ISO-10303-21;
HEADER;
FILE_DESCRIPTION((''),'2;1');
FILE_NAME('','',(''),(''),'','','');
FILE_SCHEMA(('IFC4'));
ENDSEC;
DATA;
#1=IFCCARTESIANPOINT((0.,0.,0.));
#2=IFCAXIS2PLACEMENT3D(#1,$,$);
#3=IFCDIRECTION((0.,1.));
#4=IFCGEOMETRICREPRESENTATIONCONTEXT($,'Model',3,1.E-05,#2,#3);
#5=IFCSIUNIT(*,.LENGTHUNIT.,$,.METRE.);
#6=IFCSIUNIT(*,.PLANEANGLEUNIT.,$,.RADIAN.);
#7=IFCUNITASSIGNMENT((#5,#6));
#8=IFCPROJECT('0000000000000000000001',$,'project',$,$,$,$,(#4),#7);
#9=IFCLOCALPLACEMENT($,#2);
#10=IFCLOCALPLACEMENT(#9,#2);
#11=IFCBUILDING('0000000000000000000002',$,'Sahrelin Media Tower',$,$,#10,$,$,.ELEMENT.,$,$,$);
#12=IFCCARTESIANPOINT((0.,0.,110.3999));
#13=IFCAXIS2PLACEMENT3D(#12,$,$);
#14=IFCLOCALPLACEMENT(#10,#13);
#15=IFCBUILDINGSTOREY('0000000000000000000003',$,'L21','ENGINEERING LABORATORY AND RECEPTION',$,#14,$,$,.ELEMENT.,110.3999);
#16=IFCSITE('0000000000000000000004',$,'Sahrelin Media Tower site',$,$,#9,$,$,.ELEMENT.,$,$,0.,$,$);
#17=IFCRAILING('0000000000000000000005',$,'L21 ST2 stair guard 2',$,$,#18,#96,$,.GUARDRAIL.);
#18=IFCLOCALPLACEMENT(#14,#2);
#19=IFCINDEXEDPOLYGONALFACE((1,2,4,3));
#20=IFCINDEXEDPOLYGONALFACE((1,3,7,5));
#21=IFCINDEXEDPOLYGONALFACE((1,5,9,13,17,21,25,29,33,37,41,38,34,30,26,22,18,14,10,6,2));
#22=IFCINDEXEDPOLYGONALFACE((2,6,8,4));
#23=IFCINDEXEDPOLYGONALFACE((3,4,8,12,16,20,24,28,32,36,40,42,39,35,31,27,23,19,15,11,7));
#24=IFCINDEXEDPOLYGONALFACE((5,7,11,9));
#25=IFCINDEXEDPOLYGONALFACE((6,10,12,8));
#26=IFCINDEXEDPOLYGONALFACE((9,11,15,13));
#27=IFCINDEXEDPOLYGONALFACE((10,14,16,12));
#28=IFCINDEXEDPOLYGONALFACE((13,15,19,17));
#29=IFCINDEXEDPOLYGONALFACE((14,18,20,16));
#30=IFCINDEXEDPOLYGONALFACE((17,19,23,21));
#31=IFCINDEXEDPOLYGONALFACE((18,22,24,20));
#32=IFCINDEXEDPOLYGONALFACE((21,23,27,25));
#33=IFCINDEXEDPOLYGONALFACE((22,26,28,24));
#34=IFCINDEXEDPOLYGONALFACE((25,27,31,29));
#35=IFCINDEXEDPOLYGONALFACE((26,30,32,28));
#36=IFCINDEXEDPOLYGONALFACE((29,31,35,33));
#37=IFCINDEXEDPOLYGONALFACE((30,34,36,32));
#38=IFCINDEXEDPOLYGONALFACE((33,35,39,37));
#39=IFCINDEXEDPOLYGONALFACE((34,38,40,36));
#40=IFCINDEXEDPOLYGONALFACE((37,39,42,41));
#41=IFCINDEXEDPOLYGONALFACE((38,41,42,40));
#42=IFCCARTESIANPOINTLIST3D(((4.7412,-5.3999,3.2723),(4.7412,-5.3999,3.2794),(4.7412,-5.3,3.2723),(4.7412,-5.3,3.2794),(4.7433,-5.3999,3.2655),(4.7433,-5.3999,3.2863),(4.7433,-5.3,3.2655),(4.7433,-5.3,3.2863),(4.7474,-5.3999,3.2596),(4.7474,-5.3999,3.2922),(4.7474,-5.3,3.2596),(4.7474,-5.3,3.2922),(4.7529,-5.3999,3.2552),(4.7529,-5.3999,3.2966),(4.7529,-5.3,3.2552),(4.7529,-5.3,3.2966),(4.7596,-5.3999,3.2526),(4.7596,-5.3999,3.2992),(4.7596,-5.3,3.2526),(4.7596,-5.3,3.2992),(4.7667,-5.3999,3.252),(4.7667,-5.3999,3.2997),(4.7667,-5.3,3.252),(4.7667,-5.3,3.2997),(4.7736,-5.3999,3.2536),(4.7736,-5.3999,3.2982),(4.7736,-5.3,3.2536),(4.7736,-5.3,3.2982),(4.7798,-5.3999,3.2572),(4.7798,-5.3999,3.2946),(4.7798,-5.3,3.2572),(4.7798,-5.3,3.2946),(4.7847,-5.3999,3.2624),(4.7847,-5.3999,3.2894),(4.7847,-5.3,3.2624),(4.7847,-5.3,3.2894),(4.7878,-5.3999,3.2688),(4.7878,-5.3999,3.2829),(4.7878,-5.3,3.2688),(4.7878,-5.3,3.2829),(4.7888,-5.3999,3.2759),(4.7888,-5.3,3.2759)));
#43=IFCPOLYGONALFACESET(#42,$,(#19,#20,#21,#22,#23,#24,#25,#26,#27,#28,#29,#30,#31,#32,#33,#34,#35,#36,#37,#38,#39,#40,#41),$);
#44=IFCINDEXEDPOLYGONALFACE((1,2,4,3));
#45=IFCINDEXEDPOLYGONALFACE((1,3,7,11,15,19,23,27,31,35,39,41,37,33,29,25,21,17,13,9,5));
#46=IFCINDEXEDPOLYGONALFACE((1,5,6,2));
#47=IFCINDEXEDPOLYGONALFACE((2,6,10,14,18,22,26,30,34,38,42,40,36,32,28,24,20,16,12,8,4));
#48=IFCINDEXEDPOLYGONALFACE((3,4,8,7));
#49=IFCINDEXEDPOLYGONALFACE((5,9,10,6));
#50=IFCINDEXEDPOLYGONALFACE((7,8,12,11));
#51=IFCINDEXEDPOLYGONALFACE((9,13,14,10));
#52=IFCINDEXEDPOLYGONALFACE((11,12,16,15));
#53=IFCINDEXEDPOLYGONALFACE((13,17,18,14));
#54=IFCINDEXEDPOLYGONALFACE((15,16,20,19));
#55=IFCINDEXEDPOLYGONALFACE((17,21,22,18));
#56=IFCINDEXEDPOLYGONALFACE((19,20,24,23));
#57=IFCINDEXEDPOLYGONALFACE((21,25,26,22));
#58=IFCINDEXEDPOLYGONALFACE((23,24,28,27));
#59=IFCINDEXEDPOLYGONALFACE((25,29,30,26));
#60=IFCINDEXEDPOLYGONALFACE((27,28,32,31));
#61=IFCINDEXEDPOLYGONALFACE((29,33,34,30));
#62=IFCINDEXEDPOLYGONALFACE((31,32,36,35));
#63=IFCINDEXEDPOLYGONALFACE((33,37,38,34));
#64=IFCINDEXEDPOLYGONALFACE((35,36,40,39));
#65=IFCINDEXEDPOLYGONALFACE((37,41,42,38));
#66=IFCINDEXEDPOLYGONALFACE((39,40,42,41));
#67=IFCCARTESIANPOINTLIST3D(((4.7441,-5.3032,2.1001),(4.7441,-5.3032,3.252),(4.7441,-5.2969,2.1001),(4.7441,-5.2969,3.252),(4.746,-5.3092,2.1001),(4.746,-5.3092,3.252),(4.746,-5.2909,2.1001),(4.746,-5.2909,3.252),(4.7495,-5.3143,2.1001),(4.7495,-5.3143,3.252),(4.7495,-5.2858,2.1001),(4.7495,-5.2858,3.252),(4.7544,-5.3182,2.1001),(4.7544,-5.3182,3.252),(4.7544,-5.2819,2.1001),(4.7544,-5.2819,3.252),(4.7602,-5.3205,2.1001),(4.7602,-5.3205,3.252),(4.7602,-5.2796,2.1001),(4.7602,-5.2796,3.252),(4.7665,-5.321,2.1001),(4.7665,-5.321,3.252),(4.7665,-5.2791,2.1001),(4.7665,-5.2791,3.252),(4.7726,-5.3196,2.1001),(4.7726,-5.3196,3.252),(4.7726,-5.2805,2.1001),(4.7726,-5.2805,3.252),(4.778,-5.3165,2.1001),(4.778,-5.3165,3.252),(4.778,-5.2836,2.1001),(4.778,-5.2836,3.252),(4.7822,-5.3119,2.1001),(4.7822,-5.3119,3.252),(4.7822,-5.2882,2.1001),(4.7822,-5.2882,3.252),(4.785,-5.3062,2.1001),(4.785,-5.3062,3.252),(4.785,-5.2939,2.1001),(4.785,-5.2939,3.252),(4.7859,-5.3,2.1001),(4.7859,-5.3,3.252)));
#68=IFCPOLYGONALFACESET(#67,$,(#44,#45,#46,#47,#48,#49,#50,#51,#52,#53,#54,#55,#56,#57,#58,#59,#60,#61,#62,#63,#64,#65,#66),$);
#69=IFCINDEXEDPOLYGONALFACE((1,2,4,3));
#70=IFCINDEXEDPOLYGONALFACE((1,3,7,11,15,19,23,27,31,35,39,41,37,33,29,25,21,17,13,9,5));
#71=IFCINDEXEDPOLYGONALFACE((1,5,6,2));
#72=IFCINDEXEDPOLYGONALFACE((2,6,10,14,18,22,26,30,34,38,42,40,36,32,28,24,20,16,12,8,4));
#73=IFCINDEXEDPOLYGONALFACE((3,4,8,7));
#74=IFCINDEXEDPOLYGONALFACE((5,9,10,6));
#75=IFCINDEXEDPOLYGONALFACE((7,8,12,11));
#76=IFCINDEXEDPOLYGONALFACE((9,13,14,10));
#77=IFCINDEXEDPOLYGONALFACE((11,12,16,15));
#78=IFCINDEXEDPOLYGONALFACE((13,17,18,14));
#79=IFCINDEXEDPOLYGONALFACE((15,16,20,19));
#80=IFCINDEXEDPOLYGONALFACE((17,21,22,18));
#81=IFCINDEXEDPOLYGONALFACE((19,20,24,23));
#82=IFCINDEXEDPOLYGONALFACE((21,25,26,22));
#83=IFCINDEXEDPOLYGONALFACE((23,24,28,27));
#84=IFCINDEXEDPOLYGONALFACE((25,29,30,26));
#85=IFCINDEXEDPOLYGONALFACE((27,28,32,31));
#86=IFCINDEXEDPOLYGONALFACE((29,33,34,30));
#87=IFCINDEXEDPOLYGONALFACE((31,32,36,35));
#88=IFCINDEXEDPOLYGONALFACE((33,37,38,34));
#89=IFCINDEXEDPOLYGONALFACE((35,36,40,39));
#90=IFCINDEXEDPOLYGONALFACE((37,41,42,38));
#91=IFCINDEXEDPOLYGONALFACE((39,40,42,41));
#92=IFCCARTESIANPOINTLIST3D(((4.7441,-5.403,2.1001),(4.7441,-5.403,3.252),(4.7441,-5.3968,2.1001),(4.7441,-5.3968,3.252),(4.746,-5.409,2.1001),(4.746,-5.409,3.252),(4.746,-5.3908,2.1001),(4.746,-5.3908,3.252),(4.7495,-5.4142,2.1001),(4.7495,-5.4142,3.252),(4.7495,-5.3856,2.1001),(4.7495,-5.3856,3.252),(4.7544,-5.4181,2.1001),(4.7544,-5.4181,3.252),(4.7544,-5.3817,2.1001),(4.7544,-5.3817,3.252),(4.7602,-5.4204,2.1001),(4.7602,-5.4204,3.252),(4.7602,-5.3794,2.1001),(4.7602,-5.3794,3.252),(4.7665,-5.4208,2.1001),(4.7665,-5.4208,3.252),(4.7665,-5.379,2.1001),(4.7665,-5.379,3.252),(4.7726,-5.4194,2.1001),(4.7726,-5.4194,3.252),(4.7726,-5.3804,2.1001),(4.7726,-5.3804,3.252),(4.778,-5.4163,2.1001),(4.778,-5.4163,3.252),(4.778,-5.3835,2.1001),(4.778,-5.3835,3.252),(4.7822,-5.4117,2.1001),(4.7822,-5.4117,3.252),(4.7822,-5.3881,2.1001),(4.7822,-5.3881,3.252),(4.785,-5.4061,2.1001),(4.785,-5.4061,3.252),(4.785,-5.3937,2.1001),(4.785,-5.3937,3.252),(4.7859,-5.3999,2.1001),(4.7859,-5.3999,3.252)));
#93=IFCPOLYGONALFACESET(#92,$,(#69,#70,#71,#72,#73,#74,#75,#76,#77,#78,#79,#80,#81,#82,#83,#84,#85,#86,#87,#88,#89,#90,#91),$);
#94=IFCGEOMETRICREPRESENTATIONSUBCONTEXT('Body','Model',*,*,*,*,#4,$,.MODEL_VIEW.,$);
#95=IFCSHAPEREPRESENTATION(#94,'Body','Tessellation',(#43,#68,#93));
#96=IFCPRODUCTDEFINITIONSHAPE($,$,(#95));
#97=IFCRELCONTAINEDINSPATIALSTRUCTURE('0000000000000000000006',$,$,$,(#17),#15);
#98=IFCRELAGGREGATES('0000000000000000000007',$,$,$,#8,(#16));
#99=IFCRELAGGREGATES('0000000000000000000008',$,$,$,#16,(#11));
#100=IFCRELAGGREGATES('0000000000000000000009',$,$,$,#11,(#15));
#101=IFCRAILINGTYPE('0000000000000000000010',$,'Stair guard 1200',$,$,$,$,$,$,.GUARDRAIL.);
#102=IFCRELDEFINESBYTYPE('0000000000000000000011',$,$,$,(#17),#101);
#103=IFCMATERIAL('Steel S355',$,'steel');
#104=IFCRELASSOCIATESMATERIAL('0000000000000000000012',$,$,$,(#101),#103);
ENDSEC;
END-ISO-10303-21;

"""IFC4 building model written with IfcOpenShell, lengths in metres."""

from ifc_helpers import new_model, si_unit, direction, frame, origin, origin_2d, place, context, subcontext, project, spatial, circle, extrude, material, type_object, element, save


model = new_model("IFC4")

# Units and contexts
model_context = context("Model", 3, precision=1e-05, world=origin(), true_north=direction((0.0, 1.0)))
body_context = subcontext(model_context, "Body", "Model", "MODEL_VIEW")
ifc_project = project(units=[si_unit("LENGTHUNIT", "METRE"), si_unit("PLANEANGLEUNIT", "RADIAN")], contexts=[model_context])

# Site, building, storey
site_placement = place(None, origin())
site = spatial("IfcSite", under=ifc_project, at=site_placement, Name="Sahrelin Media Tower site", CompositionType="ELEMENT", RefElevation=0.0)
building_placement = place(site_placement, origin())
building = spatial("IfcBuilding", under=site, at=building_placement, Name="Sahrelin Media Tower", CompositionType="ELEMENT")
storey_placement = place(building_placement, frame((0.0, 0.0, 110.3999)))
storey = spatial("IfcBuildingStorey", under=building, at=storey_placement, Name="L21", Description="ENGINEERING LABORATORY AND RECEPTION", CompositionType="ELEMENT", Elevation=110.3999)

# Shared definitions
ifc_material_1 = material(Name="Steel S355", Category="steel")

# Railing
railing_type_1 = type_object("IfcRailingType", Name="Stair guard 1200", PredefinedType="GUARDRAIL", material=ifc_material_1)
railing_1_placement = place(storey_placement, frame((4.7649, -5.3, 2.1001)))
element("IfcRailing", 1, at=railing_1_placement, inside=storey, type_object=railing_type_1, Name="L21 ST2 stair guard 2", PredefinedType="GUARDRAIL", context=body_context, shape_type="SweptSolid", body=[
    extrude(circle(Radius=0.0239, at=origin_2d()), frame((0.0, 0.0, 1.1758), z_axis=(0.0, -1.0, 0.0), x_axis=(1.0, 0.0, 0.0)), (0.0, 0.0, 1.0), 0.0999),
    extrude(circle(Radius=0.021, at=origin_2d()), origin(), (0.0, 0.0, 1.0), 1.1519),
    extrude(circle(Radius=0.021, at=origin_2d()), frame((0.0, -0.0999, 0.0)), (0.0, 0.0, 1.0), 1.1519),
])

save(model, "model.ifc")
